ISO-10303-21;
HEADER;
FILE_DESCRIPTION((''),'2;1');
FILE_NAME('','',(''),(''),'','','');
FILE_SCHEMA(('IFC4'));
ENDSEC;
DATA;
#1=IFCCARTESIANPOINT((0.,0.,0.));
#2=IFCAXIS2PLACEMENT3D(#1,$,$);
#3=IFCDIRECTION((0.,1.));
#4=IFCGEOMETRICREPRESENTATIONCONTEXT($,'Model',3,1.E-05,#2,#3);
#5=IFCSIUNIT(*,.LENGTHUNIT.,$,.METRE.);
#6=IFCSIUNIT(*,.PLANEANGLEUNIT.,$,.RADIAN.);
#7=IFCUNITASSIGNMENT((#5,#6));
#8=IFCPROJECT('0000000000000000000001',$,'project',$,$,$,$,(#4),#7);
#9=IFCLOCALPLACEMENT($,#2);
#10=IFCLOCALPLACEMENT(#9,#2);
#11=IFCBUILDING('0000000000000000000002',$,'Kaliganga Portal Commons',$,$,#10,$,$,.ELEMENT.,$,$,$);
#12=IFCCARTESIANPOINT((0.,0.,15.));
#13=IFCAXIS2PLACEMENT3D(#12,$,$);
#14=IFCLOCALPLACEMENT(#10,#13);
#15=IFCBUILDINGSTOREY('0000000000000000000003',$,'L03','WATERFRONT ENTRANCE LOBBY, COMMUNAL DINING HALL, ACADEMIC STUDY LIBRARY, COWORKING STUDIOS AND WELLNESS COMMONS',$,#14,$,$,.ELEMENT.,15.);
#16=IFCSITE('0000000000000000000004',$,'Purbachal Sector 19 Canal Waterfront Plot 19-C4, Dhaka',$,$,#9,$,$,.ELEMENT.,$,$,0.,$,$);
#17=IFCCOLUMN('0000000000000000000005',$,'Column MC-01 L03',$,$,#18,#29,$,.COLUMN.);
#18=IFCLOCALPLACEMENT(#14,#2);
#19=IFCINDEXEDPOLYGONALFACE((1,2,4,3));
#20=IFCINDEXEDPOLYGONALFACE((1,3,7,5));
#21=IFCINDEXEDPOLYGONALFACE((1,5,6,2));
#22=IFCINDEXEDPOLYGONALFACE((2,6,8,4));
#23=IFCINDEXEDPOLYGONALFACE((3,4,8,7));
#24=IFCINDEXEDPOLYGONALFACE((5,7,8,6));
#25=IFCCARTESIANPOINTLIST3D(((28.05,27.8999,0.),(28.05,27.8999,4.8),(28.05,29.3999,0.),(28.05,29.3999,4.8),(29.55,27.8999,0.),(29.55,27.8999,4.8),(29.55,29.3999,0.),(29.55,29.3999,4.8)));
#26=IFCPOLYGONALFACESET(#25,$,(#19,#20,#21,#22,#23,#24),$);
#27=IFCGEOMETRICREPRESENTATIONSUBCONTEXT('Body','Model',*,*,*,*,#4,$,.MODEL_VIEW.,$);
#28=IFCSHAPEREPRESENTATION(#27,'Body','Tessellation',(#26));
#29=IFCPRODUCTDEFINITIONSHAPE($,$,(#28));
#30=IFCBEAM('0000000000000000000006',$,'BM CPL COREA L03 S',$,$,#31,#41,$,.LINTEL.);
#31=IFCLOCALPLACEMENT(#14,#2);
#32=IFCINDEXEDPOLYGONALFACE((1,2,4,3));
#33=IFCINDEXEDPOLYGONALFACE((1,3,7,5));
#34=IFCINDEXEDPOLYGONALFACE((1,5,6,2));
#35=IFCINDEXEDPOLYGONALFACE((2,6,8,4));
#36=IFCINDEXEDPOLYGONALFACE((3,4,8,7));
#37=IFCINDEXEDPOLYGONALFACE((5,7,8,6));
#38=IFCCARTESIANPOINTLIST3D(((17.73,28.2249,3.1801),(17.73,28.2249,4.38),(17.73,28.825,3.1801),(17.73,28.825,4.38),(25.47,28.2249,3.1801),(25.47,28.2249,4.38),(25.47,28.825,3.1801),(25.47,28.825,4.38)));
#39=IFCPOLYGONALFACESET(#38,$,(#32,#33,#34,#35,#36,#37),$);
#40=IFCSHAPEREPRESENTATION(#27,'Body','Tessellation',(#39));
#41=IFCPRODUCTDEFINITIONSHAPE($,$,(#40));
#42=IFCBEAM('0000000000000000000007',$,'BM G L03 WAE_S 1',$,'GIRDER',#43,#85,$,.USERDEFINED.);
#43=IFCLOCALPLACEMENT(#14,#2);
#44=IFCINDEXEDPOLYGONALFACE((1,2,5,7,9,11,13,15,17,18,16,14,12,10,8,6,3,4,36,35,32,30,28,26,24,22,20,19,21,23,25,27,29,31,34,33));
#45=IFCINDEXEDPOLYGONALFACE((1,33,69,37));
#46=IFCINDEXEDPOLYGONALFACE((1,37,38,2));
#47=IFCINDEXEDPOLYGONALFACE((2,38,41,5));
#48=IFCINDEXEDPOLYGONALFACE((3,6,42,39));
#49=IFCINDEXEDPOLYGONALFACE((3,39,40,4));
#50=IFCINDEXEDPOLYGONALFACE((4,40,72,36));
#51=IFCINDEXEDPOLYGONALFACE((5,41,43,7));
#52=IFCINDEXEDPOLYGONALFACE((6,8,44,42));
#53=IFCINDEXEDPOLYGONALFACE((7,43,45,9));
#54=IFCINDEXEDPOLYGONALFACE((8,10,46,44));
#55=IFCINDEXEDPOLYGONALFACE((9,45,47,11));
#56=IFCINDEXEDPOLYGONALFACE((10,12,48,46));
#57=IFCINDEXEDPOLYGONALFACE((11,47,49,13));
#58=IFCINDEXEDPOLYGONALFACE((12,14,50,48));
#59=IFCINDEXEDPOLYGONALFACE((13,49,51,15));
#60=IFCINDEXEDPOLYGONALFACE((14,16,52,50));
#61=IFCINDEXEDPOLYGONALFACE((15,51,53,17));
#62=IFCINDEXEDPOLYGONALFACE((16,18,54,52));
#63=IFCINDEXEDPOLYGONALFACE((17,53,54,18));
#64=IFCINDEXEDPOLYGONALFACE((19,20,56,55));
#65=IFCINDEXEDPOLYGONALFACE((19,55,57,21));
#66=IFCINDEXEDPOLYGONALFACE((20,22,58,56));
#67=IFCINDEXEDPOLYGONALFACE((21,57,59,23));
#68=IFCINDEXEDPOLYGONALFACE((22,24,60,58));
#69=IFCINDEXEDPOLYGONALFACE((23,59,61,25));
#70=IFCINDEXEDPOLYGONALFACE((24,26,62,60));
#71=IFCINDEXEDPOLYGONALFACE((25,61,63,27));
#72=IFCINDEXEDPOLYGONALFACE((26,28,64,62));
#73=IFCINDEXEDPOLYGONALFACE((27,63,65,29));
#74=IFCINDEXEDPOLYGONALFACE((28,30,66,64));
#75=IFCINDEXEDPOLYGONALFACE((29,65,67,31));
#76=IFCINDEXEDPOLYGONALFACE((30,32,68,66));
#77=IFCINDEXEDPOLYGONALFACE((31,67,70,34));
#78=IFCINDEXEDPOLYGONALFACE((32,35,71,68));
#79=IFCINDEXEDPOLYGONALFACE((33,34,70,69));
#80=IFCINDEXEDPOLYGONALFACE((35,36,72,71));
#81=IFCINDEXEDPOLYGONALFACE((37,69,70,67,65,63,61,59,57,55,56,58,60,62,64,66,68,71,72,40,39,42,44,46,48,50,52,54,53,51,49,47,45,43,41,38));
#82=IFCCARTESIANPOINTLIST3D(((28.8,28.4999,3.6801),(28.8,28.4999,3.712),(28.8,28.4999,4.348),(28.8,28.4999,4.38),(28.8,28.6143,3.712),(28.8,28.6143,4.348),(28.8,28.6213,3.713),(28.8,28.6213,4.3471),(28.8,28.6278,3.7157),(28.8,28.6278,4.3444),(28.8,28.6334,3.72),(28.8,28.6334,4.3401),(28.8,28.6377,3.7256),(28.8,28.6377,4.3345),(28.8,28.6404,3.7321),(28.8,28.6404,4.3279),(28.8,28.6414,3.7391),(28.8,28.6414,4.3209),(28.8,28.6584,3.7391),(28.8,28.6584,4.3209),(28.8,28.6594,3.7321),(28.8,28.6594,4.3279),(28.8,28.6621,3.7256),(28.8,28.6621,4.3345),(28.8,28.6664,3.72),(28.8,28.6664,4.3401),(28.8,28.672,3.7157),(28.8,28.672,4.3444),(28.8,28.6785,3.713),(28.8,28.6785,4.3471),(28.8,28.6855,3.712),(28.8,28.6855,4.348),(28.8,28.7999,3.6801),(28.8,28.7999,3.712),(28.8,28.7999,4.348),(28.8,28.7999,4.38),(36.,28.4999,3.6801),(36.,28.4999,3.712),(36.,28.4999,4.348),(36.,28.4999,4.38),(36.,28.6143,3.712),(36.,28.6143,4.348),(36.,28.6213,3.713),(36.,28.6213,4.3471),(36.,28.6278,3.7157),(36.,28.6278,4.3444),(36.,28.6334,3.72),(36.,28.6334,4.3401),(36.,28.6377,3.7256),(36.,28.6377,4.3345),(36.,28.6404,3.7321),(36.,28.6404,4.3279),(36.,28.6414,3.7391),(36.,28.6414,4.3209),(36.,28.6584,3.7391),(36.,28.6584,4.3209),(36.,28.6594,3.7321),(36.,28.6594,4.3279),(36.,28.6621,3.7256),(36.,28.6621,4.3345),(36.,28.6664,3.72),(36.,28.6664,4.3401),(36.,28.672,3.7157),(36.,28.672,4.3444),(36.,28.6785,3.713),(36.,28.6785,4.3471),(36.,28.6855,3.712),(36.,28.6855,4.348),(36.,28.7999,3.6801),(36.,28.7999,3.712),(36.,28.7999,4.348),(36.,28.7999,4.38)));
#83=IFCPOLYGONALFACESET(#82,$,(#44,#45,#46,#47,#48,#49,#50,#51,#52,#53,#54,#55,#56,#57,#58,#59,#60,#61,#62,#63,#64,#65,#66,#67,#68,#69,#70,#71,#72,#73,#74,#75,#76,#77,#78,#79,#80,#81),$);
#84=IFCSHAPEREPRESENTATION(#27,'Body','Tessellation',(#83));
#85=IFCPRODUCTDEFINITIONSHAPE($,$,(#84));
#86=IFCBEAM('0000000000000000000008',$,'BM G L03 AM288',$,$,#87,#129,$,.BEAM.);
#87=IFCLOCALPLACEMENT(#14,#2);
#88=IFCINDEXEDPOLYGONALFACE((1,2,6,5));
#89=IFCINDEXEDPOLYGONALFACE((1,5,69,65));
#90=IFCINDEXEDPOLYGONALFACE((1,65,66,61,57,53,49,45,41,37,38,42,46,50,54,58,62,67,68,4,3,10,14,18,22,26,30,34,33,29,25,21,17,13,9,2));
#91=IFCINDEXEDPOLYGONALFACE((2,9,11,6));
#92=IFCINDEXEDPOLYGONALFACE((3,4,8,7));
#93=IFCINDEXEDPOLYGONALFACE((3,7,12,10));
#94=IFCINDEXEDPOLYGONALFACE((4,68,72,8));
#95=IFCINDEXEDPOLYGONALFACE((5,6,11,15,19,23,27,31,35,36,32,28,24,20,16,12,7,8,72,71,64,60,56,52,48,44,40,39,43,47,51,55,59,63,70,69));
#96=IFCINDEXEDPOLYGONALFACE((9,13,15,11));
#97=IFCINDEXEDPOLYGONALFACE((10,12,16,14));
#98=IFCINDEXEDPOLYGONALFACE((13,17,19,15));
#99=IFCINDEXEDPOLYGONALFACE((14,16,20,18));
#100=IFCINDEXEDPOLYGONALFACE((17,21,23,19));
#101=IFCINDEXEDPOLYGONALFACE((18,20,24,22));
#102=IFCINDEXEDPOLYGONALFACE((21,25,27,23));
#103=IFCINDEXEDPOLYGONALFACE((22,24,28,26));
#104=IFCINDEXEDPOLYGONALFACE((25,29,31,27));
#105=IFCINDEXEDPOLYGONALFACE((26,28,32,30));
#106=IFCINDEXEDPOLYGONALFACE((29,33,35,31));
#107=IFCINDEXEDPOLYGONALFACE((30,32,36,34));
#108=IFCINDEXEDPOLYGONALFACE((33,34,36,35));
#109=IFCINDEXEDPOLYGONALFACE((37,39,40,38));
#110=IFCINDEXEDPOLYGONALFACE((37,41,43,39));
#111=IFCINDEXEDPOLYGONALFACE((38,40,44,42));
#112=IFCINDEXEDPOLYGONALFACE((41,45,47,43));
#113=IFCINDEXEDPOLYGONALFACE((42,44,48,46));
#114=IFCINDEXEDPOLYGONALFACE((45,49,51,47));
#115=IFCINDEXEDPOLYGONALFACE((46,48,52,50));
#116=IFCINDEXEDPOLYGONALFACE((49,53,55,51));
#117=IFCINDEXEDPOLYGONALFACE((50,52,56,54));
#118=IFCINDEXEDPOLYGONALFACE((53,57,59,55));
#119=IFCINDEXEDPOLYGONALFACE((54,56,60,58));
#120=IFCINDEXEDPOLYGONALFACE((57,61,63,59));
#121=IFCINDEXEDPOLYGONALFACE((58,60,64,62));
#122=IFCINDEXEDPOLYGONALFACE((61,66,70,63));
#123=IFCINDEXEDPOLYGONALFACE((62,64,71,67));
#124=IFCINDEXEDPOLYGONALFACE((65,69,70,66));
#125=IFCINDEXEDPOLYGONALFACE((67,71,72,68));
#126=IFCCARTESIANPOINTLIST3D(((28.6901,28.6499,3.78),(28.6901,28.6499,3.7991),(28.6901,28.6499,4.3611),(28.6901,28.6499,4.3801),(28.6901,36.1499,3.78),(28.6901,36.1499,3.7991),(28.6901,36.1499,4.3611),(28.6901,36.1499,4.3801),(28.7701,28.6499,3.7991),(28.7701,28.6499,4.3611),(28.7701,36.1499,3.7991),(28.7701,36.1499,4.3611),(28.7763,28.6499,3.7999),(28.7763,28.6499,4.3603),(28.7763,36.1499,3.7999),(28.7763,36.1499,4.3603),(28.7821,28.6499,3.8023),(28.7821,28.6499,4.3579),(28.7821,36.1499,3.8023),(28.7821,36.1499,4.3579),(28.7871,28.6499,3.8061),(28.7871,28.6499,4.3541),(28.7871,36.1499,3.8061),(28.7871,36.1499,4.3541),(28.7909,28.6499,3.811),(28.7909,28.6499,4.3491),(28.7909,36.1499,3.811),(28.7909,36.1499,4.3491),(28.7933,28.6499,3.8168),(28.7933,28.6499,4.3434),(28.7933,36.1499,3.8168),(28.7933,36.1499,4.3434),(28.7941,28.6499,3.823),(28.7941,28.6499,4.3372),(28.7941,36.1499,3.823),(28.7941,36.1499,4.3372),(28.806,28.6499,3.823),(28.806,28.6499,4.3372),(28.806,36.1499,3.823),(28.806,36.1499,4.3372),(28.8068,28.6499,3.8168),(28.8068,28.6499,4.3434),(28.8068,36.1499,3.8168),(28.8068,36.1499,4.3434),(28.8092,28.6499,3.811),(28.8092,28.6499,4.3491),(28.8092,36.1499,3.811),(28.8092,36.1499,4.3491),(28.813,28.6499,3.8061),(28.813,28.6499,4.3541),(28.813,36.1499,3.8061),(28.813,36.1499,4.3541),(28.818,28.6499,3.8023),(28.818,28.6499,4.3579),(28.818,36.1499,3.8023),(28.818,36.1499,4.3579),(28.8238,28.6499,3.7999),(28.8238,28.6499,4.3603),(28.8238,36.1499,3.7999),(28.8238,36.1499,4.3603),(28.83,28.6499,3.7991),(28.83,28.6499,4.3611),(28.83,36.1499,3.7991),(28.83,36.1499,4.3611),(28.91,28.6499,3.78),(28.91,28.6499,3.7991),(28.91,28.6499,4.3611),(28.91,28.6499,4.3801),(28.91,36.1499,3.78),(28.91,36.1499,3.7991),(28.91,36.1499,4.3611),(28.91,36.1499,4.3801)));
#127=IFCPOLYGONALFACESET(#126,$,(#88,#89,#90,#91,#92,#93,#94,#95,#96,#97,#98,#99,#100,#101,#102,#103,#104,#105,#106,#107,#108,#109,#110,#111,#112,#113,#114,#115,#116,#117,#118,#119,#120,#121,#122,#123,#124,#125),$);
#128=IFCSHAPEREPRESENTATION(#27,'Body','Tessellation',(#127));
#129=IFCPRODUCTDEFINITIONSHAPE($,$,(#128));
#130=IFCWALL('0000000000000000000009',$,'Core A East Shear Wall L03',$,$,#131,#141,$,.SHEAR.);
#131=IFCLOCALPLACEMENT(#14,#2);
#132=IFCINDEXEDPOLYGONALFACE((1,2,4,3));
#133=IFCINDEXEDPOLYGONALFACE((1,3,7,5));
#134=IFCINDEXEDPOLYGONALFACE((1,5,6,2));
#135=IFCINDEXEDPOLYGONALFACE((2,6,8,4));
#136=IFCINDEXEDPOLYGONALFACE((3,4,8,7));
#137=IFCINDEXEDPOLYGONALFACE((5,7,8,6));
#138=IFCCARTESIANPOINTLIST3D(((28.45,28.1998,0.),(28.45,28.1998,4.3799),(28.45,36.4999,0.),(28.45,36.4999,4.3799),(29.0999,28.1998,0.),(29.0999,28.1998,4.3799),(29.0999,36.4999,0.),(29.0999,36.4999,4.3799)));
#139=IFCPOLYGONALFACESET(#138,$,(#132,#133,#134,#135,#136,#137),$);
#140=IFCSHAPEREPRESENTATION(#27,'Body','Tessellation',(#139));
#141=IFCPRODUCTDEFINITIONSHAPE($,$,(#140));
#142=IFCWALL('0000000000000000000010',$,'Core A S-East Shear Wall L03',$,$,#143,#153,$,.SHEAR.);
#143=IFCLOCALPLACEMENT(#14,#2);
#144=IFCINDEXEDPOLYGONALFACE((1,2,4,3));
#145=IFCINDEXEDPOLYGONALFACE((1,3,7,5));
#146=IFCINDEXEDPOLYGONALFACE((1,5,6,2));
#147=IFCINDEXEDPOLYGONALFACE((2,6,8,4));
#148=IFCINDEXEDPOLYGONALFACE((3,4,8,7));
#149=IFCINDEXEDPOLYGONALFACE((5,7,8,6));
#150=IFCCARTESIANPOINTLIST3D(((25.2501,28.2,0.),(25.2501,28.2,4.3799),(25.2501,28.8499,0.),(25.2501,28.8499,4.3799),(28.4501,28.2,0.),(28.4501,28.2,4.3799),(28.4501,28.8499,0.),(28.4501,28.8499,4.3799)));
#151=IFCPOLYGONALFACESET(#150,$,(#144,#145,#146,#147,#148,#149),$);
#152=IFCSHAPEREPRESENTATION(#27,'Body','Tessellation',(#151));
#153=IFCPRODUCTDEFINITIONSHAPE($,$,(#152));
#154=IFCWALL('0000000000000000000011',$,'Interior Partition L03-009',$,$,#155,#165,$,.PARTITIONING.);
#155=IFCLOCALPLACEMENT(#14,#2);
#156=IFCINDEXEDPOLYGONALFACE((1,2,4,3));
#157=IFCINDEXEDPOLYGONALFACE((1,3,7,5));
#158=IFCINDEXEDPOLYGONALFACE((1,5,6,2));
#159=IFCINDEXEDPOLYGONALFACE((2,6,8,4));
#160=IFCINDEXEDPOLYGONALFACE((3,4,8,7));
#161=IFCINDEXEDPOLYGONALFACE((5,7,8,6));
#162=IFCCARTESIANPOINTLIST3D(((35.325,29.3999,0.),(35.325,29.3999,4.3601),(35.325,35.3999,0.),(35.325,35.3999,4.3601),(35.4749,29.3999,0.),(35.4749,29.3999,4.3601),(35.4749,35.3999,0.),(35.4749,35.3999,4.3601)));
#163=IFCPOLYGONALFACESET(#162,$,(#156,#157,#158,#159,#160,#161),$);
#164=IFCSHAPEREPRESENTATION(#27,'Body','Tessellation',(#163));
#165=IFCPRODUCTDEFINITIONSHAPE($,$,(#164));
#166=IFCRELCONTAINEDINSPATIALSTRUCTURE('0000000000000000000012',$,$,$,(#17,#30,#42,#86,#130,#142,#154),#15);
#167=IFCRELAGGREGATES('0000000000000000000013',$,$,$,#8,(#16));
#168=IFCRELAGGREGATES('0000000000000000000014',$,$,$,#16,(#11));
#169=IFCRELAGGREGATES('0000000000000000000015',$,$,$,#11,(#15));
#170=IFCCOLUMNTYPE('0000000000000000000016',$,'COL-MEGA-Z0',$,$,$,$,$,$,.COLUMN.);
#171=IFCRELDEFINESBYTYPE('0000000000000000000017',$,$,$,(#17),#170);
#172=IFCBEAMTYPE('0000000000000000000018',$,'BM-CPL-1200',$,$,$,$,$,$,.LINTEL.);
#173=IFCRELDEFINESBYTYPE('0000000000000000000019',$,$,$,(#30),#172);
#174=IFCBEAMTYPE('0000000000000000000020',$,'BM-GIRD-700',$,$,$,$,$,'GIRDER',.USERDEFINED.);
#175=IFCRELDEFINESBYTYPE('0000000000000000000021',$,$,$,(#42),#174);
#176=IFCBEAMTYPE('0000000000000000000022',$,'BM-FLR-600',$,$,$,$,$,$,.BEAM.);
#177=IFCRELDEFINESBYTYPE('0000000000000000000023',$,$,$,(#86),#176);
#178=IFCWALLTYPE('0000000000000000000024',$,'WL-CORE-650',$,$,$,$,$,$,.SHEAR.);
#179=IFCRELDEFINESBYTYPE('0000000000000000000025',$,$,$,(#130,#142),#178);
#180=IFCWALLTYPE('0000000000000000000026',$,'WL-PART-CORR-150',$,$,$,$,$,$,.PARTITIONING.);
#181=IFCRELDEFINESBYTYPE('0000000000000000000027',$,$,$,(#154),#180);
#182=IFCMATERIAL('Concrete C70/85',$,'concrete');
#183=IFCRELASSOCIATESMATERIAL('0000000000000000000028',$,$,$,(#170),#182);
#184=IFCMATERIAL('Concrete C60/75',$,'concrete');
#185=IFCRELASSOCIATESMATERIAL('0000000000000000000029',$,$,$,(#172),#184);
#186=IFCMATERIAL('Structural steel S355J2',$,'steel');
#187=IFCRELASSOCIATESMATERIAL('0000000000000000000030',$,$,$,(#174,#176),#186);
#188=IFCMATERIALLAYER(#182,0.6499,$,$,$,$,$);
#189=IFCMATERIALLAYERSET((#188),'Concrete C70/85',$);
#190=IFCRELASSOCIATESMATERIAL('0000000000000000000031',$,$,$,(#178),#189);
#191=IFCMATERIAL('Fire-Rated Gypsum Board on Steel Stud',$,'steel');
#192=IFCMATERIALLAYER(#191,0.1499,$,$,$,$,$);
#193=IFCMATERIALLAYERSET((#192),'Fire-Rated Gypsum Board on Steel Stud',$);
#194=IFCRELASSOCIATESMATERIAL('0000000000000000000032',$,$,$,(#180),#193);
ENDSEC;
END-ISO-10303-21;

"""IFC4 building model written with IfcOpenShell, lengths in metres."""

from ifc_helpers import new_model, si_unit, direction, frame, frame_2d, origin, origin_2d, place, context, subcontext, project, spatial, rectangle, i_section, extrude, source, transform, mapped, material, layer, layer_set, material_profile, profile_set, type_object, element, save


model = new_model("IFC4")

# Units and contexts
model_context = context("Model", 3, precision=1e-05, world=origin(), true_north=direction((0.0, 1.0)))
body_context = subcontext(model_context, "Body", "Model", "MODEL_VIEW")
ifc_project = project(units=[si_unit("LENGTHUNIT", "METRE"), si_unit("PLANEANGLEUNIT", "RADIAN")], contexts=[model_context])

# Site, building, storey
site_placement = place(None, origin())
site = spatial("IfcSite", under=ifc_project, at=site_placement, Name="Purbachal Sector 19 Canal Waterfront Plot 19-C4, Dhaka", CompositionType="ELEMENT", RefElevation=0.0)
building_placement = place(site_placement, origin())
building = spatial("IfcBuilding", under=site, at=building_placement, Name="Kaliganga Portal Commons", CompositionType="ELEMENT")
storey_placement = place(building_placement, frame((0.0, 0.0, 15.0)))
storey = spatial("IfcBuildingStorey", under=building, at=storey_placement, Name="L03", Description="WATERFRONT ENTRANCE LOBBY, COMMUNAL DINING HALL, ACADEMIC STUDY LIBRARY, COWORKING STUDIOS AND WELLNESS COMMONS", CompositionType="ELEMENT", Elevation=15.0)

# Column
ifc_material_1 = material(Name="Concrete C70/85", Category="concrete")
ifc_material_profile_1 = material_profile(ifc_material_1, rectangle(XDim=1.5, YDim=1.5, at=origin_2d()), Name="RC 1500x1500")
ifc_profile_set_1 = profile_set([ifc_material_profile_1], Name="Concrete C70/85")
column_type = type_object("IfcColumnType", Name="COL-MEGA-Z0", PredefinedType="COLUMN", material=ifc_profile_set_1)
shared_shape_1 = source(origin(), body_context, "Body", "SweptSolid", [
    extrude(rectangle(XDim=1.5, YDim=1.5, at=origin_2d()), origin(), (0.0, 0.0, 1.0), 4.8),
])
column_placement = place(storey_placement, frame((28.8, 28.6499, 0.0), z_axis=(0.0, 0.0, 1.0), x_axis=(1.0, 0.0, 0.0)))
element("IfcColumn", 1, at=column_placement, inside=storey, type_object=column_type, Name="Column MC-01 L03", PredefinedType="COLUMN", context=body_context, shape_type="MappedRepresentation", body=[
    mapped(shared_shape_1, transform((0.0, 0.0, 0.0), x_axis=(1.0, 0.0, 0.0), y_axis=(0.0, 1.0, 0.0), z_axis=(0.0, 0.0, 1.0), scale=1.0)),
])

# Beams
ifc_material_2 = material(Name="Concrete C60/75", Category="concrete")
ifc_material_profile_2 = material_profile(ifc_material_2, rectangle(XDim=0.6001, YDim=1.2, at=origin_2d()), Name="RC 600x1200")
ifc_profile_set_2 = profile_set([ifc_material_profile_2], Name="Concrete C60/75")
beam_type_1 = type_object("IfcBeamType", Name="BM-CPL-1200", PredefinedType="LINTEL", material=ifc_profile_set_2)
shared_shape_2 = source(origin(), body_context, "Body", "SweptSolid", [
    extrude(rectangle(XDim=0.6001, YDim=1.2, at=origin_2d()), origin(), (0.0, 0.0, 1.0), 7.74),
])
beam_1_placement = place(storey_placement, frame((17.73, 28.5249, 3.78), z_axis=(1.0, 0.0, 0.0), x_axis=(0.0, 1.0, 0.0)))
element("IfcBeam", 2, at=beam_1_placement, inside=storey, type_object=beam_type_1, Name="BM CPL COREA L03 S", PredefinedType="LINTEL", context=body_context, shape_type="MappedRepresentation", body=[
    mapped(shared_shape_2, transform((0.0, 0.0, 0.0), x_axis=(1.0, 0.0, 0.0), y_axis=(0.0, 1.0, 0.0), z_axis=(0.0, 0.0, 1.0), scale=1.0)),
])
ifc_material_3 = material(Name="Structural steel S355J2", Category="steel")
ifc_material_profile_3 = material_profile(ifc_material_3, i_section(OverallWidth=0.3, OverallDepth=0.7, WebThickness=0.0171, FlangeThickness=0.032, FilletRadius=0.0271, at=origin_2d()), Name="HE 700 B")
ifc_profile_set_3 = profile_set([ifc_material_profile_3], Name="Structural steel S355J2 wide-flange")
beam_type_2 = type_object("IfcBeamType", Name="BM-GIRD-700", ElementType="GIRDER", PredefinedType="USERDEFINED", material=ifc_profile_set_3)
shared_shape_3 = source(origin(), body_context, "Body", "SweptSolid", [
    extrude(i_section(OverallWidth=0.3, OverallDepth=0.7, WebThickness=0.0171, FlangeThickness=0.032, FilletRadius=0.0271, at=origin_2d()), origin(), (0.0, 0.0, 1.0), 7.2),
])
beam_2_placement = place(storey_placement, frame((28.8, 28.6499, 4.03), z_axis=(1.0, 0.0, 0.0), x_axis=(0.0, 1.0, 0.0)))
element("IfcBeam", 3, at=beam_2_placement, inside=storey, type_object=beam_type_2, Name="BM G L03 WAE_S 1", ObjectType="GIRDER", PredefinedType="USERDEFINED", context=body_context, shape_type="MappedRepresentation", body=[
    mapped(shared_shape_3, transform((0.0, 0.0, 0.0), x_axis=(1.0, 0.0, 0.0), y_axis=(0.0, 1.0, 0.0), z_axis=(0.0, 0.0, 1.0), scale=1.0)),
])
ifc_material_profile_4 = material_profile(ifc_material_3, i_section(OverallWidth=0.22, OverallDepth=0.6001, WebThickness=0.012, FlangeThickness=0.019, FilletRadius=0.0239, at=origin_2d()), Name="IPE 600")
ifc_profile_set_4 = profile_set([ifc_material_profile_4], Name="Structural steel S355J2 wide-flange")
beam_type_3 = type_object("IfcBeamType", Name="BM-FLR-600", PredefinedType="BEAM", material=ifc_profile_set_4)
shared_shape_4 = source(origin(), body_context, "Body", "SweptSolid", [
    extrude(i_section(OverallWidth=0.22, OverallDepth=0.6001, WebThickness=0.012, FlangeThickness=0.019, FilletRadius=0.0239, at=origin_2d()), origin(), (0.0, 0.0, 1.0), 7.5),
])
beam_3_placement = place(storey_placement, frame((28.8, 28.6499, 4.0801), z_axis=(0.0, 1.0, 0.0), x_axis=(-1.0, 0.0, 0.0)))
element("IfcBeam", 4, at=beam_3_placement, inside=storey, type_object=beam_type_3, Name="BM G L03 AM288", PredefinedType="BEAM", context=body_context, shape_type="MappedRepresentation", body=[
    mapped(shared_shape_4, transform((0.0, 0.0, 0.0), x_axis=(1.0, 0.0, 0.0), y_axis=(0.0, 1.0, 0.0), z_axis=(0.0, 0.0, 1.0), scale=1.0)),
])

# Walls
ifc_layer_1 = layer(ifc_material_1, 0.6499)
ifc_layer_set_1 = layer_set([ifc_layer_1], Name="Concrete C70/85")
wall_type_1 = type_object("IfcWallType", Name="WL-CORE-650", PredefinedType="SHEAR", material=ifc_layer_set_1)
wall_1_placement = place(storey_placement, frame((28.7749, 28.2, 0.0), z_axis=(0.0, 0.0, 1.0), x_axis=(0.0, 1.0, 0.0)))
element("IfcWall", 5, at=wall_1_placement, inside=storey, type_object=wall_type_1, Name="Core A East Shear Wall L03", PredefinedType="SHEAR", context=body_context, shape_type="SweptSolid", body=[
    extrude(rectangle(XDim=8.3, YDim=0.6499, at=frame_2d((4.1499, 0.0))), origin(), (0.0, 0.0, 1.0), 4.3799),
])
wall_2_placement = place(storey_placement, frame((25.25, 28.5249, 0.0), z_axis=(0.0, 0.0, 1.0), x_axis=(1.0, 0.0, 0.0)))
element("IfcWall", 6, at=wall_2_placement, inside=storey, type_object=wall_type_1, Name="Core A S-East Shear Wall L03", PredefinedType="SHEAR", context=body_context, shape_type="SweptSolid", body=[
    extrude(rectangle(XDim=3.2, YDim=0.6499, at=frame_2d((1.6001, 0.0))), origin(), (0.0, 0.0, 1.0), 4.3799),
])
ifc_material_4 = material(Name="Fire-Rated Gypsum Board on Steel Stud", Category="steel")
ifc_layer_2 = layer(ifc_material_4, 0.1499)
ifc_layer_set_2 = layer_set([ifc_layer_2], Name="Fire-Rated Gypsum Board on Steel Stud")
wall_type_2 = type_object("IfcWallType", Name="WL-PART-CORR-150", PredefinedType="PARTITIONING", material=ifc_layer_set_2)
wall_3_placement = place(storey_placement, frame((35.3999, 29.3999, 0.0), z_axis=(0.0, 0.0, 1.0), x_axis=(0.0, 1.0, 0.0)))
element("IfcWall", 7, at=wall_3_placement, inside=storey, type_object=wall_type_2, Name="Interior Partition L03-009", PredefinedType="PARTITIONING", context=body_context, shape_type="SweptSolid", body=[
    extrude(rectangle(XDim=6.0, YDim=0.1499, at=frame_2d((3.0, 0.0))), origin(), (0.0, 0.0, 1.0), 4.3601),
])

save(model, "model.ifc")
